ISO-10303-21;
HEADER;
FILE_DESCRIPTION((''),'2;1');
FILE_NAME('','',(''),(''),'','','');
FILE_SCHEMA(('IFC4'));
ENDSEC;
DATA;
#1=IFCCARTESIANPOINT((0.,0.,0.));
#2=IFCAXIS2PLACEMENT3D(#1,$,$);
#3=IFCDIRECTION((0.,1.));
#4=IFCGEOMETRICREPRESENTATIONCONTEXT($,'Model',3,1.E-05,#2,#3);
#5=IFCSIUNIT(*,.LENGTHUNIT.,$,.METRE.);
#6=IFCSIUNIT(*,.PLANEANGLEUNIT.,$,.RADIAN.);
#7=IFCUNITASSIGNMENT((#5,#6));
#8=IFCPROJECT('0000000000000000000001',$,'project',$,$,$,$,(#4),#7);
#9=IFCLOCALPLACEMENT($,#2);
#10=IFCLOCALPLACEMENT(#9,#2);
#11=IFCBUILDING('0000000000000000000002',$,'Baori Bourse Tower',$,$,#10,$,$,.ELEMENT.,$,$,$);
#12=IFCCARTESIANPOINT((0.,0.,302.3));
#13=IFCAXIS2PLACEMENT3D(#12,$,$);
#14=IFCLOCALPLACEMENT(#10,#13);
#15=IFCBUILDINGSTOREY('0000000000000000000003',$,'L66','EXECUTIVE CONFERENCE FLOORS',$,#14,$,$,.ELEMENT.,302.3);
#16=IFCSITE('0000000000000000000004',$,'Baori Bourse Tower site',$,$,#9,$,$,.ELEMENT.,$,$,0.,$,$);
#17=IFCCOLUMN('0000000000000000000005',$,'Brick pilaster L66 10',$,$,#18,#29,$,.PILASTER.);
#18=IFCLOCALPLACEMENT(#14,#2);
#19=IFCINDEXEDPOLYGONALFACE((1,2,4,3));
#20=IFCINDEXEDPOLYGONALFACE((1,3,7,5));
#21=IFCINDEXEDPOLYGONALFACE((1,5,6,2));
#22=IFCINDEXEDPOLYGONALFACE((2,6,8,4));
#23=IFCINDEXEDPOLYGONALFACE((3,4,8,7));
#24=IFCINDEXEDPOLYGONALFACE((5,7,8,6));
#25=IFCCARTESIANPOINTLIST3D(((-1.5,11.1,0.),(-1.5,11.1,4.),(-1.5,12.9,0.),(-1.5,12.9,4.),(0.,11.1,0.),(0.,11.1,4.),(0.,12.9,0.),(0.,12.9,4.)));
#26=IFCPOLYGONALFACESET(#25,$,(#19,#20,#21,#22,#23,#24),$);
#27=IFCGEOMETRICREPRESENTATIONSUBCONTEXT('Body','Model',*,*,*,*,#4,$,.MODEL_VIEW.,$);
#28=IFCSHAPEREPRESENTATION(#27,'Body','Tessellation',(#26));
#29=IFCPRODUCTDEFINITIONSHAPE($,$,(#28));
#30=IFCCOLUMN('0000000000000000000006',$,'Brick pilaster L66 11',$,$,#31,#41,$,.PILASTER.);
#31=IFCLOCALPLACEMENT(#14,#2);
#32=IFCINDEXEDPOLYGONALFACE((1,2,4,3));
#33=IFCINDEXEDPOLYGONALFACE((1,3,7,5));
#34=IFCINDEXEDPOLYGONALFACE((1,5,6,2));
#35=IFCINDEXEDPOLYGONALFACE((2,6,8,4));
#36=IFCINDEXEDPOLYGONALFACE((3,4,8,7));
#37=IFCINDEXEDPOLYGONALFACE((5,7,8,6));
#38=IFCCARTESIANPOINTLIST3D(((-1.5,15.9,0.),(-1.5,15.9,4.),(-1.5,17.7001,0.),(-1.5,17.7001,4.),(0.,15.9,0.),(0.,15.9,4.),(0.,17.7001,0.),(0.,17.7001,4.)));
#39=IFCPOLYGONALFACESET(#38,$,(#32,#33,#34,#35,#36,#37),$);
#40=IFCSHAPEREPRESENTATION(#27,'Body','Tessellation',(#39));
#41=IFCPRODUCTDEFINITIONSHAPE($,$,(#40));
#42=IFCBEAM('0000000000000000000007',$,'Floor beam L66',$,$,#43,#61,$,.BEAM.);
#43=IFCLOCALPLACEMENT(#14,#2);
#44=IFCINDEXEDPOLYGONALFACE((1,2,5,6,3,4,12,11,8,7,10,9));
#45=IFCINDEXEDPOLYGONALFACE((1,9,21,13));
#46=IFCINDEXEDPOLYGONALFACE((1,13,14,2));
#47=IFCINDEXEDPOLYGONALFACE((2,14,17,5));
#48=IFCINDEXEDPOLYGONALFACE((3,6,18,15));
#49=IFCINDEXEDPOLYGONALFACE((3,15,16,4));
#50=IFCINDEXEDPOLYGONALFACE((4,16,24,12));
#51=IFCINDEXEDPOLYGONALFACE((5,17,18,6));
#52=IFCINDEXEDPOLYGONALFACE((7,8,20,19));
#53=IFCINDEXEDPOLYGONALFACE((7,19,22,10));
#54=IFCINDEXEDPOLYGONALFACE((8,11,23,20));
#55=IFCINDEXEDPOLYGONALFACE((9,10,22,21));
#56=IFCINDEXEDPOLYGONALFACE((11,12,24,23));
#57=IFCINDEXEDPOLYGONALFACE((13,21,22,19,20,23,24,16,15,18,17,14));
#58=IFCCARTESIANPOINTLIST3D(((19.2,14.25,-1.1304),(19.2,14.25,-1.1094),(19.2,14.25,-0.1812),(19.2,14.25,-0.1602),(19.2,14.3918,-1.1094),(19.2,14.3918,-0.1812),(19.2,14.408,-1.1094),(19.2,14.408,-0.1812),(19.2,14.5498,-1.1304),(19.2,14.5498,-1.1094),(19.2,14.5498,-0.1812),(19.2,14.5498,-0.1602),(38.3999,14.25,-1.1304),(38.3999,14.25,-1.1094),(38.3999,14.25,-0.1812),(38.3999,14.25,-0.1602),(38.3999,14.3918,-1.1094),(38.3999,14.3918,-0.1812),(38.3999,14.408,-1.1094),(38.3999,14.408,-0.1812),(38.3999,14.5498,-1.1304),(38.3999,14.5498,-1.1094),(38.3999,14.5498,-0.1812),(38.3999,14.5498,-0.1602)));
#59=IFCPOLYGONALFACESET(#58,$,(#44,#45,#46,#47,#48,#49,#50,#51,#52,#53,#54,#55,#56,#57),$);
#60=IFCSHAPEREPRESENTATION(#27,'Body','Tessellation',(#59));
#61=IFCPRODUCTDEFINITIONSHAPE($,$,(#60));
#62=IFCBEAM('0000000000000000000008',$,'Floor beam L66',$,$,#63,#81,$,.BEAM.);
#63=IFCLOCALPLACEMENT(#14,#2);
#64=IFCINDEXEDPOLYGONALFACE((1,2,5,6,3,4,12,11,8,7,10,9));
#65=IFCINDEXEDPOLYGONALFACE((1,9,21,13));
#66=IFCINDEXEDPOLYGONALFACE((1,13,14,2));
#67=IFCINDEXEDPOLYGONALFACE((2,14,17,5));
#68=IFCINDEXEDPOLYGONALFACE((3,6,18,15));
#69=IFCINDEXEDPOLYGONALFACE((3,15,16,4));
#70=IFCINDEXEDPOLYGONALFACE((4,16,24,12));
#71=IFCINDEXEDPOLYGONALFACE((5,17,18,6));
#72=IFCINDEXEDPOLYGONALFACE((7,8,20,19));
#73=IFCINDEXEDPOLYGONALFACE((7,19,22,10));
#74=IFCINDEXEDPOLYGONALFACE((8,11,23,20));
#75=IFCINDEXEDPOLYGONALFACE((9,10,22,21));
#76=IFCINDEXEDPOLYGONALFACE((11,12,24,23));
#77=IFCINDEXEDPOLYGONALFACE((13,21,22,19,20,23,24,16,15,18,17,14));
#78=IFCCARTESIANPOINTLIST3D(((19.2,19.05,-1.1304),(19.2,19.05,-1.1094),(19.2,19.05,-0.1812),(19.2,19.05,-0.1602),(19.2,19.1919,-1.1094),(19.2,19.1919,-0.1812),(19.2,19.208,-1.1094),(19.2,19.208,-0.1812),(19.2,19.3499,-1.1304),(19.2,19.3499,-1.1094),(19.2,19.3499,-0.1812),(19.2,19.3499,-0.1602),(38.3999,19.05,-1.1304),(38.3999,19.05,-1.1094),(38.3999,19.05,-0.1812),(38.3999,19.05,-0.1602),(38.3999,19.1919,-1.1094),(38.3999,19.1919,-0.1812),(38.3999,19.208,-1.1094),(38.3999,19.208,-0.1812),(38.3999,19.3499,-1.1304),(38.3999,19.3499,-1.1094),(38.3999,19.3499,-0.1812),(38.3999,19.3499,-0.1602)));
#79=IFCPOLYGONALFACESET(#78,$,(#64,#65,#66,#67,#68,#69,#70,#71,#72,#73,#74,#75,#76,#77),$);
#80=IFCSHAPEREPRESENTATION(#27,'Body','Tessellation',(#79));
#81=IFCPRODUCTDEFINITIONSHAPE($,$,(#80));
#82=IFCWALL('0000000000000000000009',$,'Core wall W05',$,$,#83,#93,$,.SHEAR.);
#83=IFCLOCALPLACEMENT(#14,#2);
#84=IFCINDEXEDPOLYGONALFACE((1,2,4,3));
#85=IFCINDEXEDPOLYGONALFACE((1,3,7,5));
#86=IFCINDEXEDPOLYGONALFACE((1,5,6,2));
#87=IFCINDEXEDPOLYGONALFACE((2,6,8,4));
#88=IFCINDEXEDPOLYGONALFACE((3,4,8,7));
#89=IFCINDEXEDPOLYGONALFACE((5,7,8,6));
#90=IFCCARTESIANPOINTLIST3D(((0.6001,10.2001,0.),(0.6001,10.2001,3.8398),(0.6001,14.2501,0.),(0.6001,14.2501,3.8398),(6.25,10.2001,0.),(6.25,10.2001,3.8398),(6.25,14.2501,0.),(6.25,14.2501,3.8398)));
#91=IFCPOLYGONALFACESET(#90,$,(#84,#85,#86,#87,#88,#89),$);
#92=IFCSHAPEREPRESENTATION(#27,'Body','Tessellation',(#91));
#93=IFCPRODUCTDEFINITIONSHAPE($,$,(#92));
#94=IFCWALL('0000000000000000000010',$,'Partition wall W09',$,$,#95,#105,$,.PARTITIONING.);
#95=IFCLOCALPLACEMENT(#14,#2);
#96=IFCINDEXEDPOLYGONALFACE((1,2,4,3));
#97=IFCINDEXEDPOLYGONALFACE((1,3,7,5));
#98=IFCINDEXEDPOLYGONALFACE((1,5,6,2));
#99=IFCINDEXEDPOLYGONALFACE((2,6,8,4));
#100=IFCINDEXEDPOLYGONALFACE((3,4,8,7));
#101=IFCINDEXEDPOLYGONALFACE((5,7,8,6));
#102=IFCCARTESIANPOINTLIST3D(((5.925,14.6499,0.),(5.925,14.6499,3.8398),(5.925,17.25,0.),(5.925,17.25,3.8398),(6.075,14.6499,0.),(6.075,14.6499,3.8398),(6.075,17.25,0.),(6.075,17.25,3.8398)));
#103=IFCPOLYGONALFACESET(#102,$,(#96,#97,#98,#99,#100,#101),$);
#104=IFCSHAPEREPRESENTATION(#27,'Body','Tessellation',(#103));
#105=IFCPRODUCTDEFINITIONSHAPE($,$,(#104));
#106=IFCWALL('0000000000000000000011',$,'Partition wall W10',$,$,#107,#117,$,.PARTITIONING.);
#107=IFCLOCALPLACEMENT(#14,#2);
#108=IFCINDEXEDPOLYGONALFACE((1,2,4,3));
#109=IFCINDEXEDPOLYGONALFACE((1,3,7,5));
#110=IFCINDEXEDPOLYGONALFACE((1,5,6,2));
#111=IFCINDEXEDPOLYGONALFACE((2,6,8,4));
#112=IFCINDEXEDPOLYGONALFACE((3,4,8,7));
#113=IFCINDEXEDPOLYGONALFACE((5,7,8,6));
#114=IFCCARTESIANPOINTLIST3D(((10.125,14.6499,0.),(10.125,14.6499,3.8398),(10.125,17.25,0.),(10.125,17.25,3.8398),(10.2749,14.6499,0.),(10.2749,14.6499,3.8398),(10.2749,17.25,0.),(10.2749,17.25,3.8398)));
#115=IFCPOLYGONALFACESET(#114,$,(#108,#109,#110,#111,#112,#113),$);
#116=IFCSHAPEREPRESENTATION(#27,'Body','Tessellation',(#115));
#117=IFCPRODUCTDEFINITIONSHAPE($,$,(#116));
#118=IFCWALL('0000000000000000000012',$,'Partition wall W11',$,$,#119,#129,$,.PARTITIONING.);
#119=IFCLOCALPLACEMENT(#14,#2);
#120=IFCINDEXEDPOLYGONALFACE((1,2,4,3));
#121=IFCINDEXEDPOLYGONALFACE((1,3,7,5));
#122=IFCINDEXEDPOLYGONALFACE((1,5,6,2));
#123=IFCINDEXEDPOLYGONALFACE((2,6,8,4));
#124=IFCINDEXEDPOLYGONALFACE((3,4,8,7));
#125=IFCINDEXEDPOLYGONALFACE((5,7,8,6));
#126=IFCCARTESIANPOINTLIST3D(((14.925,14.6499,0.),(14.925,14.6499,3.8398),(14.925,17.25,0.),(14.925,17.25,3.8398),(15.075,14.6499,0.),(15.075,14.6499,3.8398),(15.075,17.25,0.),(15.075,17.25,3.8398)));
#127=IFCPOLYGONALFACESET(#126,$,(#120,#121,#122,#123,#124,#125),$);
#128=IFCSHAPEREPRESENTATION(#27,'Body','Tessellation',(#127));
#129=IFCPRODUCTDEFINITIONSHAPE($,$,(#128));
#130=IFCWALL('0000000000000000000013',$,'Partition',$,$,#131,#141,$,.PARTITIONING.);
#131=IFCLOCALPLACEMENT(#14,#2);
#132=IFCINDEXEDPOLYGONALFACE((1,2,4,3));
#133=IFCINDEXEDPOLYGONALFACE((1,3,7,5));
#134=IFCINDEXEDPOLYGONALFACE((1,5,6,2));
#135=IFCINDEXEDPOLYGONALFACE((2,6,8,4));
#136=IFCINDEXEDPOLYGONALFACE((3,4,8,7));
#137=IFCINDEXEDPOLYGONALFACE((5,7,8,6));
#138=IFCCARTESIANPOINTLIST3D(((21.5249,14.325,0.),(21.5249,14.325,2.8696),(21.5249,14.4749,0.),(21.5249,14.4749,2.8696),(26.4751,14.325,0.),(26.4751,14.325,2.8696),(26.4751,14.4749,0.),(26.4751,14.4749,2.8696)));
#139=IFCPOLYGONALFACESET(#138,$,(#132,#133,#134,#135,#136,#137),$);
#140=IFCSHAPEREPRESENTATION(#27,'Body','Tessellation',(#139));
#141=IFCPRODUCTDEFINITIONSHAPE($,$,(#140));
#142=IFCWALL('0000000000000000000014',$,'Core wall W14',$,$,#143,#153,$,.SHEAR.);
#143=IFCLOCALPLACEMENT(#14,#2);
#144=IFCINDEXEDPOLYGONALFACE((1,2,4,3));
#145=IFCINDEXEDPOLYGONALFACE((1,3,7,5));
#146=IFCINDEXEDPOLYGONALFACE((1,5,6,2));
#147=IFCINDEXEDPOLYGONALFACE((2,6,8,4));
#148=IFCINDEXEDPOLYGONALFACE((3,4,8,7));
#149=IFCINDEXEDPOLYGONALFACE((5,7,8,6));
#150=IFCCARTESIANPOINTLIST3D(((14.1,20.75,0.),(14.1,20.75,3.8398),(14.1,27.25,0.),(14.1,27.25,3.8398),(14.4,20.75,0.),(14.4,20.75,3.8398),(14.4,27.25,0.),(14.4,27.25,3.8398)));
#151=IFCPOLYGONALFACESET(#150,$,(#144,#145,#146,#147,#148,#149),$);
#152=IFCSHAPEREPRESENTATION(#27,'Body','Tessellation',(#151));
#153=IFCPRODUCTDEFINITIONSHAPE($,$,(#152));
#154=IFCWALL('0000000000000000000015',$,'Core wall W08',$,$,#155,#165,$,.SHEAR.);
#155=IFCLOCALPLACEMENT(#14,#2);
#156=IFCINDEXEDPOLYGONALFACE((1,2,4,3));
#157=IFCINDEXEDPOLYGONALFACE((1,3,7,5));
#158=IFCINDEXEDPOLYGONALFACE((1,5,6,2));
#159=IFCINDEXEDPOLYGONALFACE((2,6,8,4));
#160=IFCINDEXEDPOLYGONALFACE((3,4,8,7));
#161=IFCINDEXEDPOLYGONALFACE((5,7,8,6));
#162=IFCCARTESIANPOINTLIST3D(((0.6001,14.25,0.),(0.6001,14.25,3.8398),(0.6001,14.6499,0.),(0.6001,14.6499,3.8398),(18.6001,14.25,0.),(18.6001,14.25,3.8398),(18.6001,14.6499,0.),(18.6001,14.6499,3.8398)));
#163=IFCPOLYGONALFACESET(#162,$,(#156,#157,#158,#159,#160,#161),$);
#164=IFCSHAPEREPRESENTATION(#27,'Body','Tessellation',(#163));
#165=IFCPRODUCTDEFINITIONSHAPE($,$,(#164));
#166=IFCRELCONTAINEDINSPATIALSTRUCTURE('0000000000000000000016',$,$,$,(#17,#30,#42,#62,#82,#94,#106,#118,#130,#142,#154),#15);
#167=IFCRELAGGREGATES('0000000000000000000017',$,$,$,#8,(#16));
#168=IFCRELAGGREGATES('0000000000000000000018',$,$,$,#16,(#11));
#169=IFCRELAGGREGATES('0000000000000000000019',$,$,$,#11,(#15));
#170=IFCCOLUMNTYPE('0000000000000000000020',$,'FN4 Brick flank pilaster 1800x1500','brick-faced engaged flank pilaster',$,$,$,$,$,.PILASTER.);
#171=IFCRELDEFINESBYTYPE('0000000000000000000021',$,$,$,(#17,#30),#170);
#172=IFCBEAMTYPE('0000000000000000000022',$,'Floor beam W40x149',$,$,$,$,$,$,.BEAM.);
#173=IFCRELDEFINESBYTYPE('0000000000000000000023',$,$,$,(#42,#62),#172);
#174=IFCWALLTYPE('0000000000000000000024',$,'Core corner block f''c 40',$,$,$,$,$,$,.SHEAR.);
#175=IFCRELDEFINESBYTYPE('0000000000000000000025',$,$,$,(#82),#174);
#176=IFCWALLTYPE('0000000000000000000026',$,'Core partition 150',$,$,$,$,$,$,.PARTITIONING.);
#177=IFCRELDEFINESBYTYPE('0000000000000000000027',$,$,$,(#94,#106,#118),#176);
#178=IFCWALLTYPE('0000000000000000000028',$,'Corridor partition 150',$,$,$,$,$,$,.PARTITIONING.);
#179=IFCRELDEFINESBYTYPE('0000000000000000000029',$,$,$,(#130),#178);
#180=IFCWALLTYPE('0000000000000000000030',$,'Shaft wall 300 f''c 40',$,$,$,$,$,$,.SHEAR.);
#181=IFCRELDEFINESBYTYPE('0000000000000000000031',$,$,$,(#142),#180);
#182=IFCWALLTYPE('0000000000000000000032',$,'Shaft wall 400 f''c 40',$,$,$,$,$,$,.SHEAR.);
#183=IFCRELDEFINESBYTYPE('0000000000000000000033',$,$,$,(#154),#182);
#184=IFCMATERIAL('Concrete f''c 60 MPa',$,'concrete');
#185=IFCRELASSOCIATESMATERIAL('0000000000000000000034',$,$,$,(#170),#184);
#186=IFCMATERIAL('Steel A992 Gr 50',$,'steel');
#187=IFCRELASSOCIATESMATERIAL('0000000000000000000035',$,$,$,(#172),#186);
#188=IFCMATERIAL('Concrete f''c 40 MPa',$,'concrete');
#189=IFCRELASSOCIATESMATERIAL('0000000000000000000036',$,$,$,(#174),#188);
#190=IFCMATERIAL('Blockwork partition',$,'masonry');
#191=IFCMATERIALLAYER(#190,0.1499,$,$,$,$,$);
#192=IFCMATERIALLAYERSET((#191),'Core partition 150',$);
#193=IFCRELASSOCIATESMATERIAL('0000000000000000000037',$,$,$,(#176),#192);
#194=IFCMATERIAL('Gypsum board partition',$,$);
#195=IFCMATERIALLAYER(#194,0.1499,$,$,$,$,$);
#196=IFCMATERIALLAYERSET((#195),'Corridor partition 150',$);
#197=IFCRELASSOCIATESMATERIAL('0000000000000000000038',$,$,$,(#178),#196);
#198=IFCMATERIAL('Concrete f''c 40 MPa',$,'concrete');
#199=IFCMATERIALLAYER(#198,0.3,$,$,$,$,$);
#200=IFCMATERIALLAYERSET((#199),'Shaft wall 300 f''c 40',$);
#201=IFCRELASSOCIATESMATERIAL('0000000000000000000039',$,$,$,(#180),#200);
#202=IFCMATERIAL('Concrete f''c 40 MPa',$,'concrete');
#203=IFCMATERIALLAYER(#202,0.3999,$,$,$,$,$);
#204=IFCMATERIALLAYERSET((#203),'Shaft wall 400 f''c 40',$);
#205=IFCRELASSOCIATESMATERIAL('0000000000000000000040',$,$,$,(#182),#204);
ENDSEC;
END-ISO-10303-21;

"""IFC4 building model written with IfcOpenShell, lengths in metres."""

from ifc_helpers import new_model, si_unit, direction, frame, frame_2d, origin, origin_2d, place, context, subcontext, project, spatial, rectangle, i_section, extrude, material, layer, layer_set, material_profile, profile_set, type_object, element, save


model = new_model("IFC4")

# Units and contexts
model_context = context("Model", 3, precision=1e-05, world=origin(), true_north=direction((0.0, 1.0)))
body_context = subcontext(model_context, "Body", "Model", "MODEL_VIEW")
ifc_project = project(units=[si_unit("LENGTHUNIT", "METRE"), si_unit("PLANEANGLEUNIT", "RADIAN")], contexts=[model_context])

# Site, building, storey
site_placement = place(None, origin())
site = spatial("IfcSite", under=ifc_project, at=site_placement, Name="Baori Bourse Tower site", CompositionType="ELEMENT", RefElevation=0.0)
building_placement = place(site_placement, origin())
building = spatial("IfcBuilding", under=site, at=building_placement, Name="Baori Bourse Tower", CompositionType="ELEMENT")
storey_placement = place(building_placement, frame((0.0, 0.0, 302.3)))
storey = spatial("IfcBuildingStorey", under=building, at=storey_placement, Name="L66", Description="EXECUTIVE CONFERENCE FLOORS", CompositionType="ELEMENT", Elevation=302.3)

# Columns
ifc_material_1 = material(Name="Concrete f'c 60 MPa", Category="concrete")
ifc_material_profile_1 = material_profile(ifc_material_1, rectangle(XDim=1.8, YDim=1.5, at=origin_2d()), Name="RC 1800x1500")
ifc_profile_set_1 = profile_set([ifc_material_profile_1], Name="Concrete f'c 60 MPa")
column_type = type_object("IfcColumnType", Name="FN4 Brick flank pilaster 1800x1500", Description="brick-faced engaged flank pilaster", PredefinedType="PILASTER", material=ifc_profile_set_1)
for number, where, z_axis, x_axis, name in (
    (1, (-0.75, 12.0, 0.0), (0.0, 0.0, 1.0), (0.0, 1.0, 0.0), "Brick pilaster L66 10"),
    (2, (-0.75, 16.8, 0.0), (0.0, 0.0, 1.0), (0.0, 1.0, 0.0), "Brick pilaster L66 11"),
):
    element("IfcColumn", number, at=place(storey_placement, frame(where, z_axis=z_axis, x_axis=x_axis)), inside=storey, type_object=column_type, Name=name, PredefinedType="PILASTER", context=body_context, shape_type="SweptSolid", body=[
        extrude(rectangle(XDim=1.8, YDim=1.5, at=origin_2d()), origin(), (0.0, 0.0, 1.0), 4.0),
    ])

# Beams
ifc_material_2 = material(Name="Steel A992 Gr 50", Category="steel")
ifc_material_profile_2 = material_profile(ifc_material_2, i_section(OverallWidth=0.2998, OverallDepth=0.9702, WebThickness=0.0161, FlangeThickness=0.021, at=origin_2d()), Name="W40x149")
ifc_profile_set_2 = profile_set([ifc_material_profile_2], Name="Steel A992 Gr 50")
beam_type = type_object("IfcBeamType", Name="Floor beam W40x149", PredefinedType="BEAM", material=ifc_profile_set_2)
for number, where, z_axis, x_axis, name in (
    (3, (19.2, 14.3999, -0.6453), (1.0, 0.0, 0.0), (0.0, 1.0, 0.0), "Floor beam L66"),
    (4, (19.2, 19.2, -0.6453), (1.0, 0.0, 0.0), (0.0, 1.0, 0.0), "Floor beam L66"),
):
    element("IfcBeam", number, at=place(storey_placement, frame(where, z_axis=z_axis, x_axis=x_axis)), inside=storey, type_object=beam_type, Name=name, PredefinedType="BEAM", context=body_context, shape_type="SweptSolid", body=[
        extrude(i_section(OverallWidth=0.2998, OverallDepth=0.9702, WebThickness=0.0161, FlangeThickness=0.021, at=origin_2d()), origin(), (0.0, 0.0, 1.0), 19.2),
    ])

# Walls
ifc_material_3 = material(Name="Concrete f'c 40 MPa", Category="concrete")
wall_type_1 = type_object("IfcWallType", Name="Core corner block f'c 40", PredefinedType="SHEAR", material=ifc_material_3)
wall_1_placement = place(storey_placement, frame((0.6001, 12.2251, 0.0), z_axis=(0.0, 0.0, 1.0), x_axis=(1.0, 0.0, 0.0)))
element("IfcWall", 5, at=wall_1_placement, inside=storey, type_object=wall_type_1, Name="Core wall W05", PredefinedType="SHEAR", context=body_context, shape_type="SweptSolid", body=[
    extrude(rectangle(XDim=5.6499, YDim=4.05, at=frame_2d((2.825, 0.0))), origin(), (0.0, 0.0, 1.0), 3.8398),
])
ifc_material_4 = material(Name="Blockwork partition", Category="masonry")
ifc_layer_1 = layer(ifc_material_4, 0.1499)
ifc_layer_set_1 = layer_set([ifc_layer_1], Name="Core partition 150")
wall_type_2 = type_object("IfcWallType", Name="Core partition 150", PredefinedType="PARTITIONING", material=ifc_layer_set_1)
for number, where, z_axis, x_axis, name in (
    (6, (6.0, 14.6499, 0.0), (0.0, 0.0, 1.0), (0.0, 1.0, 0.0), "Partition wall W09"),
    (7, (10.2, 14.6499, 0.0), (0.0, 0.0, 1.0), (0.0, 1.0, 0.0), "Partition wall W10"),
    (8, (15.0, 14.6499, 0.0), (0.0, 0.0, 1.0), (0.0, 1.0, 0.0), "Partition wall W11"),
):
    element("IfcWall", number, at=place(storey_placement, frame(where, z_axis=z_axis, x_axis=x_axis)), inside=storey, type_object=wall_type_2, Name=name, PredefinedType="PARTITIONING", context=body_context, shape_type="SweptSolid", body=[
        extrude(rectangle(XDim=2.6001, YDim=0.1499, at=frame_2d((1.3, 0.0))), origin(), (0.0, 0.0, 1.0), 3.8398),
    ])
ifc_material_5 = material(Name="Gypsum board partition")
ifc_layer_2 = layer(ifc_material_5, 0.1499)
ifc_layer_set_2 = layer_set([ifc_layer_2], Name="Corridor partition 150")
wall_type_3 = type_object("IfcWallType", Name="Corridor partition 150", PredefinedType="PARTITIONING", material=ifc_layer_set_2)
wall_2_placement = place(storey_placement, frame((21.5249, 14.3999, 0.0), z_axis=(0.0, 0.0, 1.0), x_axis=(1.0, 0.0, 0.0)))
element("IfcWall", 9, at=wall_2_placement, inside=storey, type_object=wall_type_3, Name="Partition", PredefinedType="PARTITIONING", context=body_context, shape_type="SweptSolid", body=[
    extrude(rectangle(XDim=4.9502, YDim=0.1499, at=frame_2d((2.4751, 0.0))), origin(), (0.0, 0.0, 1.0), 2.8696),
])
ifc_material_6 = material(Name="Concrete f'c 40 MPa", Category="concrete")
ifc_layer_3 = layer(ifc_material_6, 0.3)
ifc_layer_set_3 = layer_set([ifc_layer_3], Name="Shaft wall 300 f'c 40")
wall_type_4 = type_object("IfcWallType", Name="Shaft wall 300 f'c 40", PredefinedType="SHEAR", material=ifc_layer_set_3)
wall_3_placement = place(storey_placement, frame((14.25, 20.75, 0.0), z_axis=(0.0, 0.0, 1.0), x_axis=(0.0, 1.0, 0.0)))
element("IfcWall", 10, at=wall_3_placement, inside=storey, type_object=wall_type_4, Name="Core wall W14", PredefinedType="SHEAR", context=body_context, shape_type="SweptSolid", body=[
    extrude(rectangle(XDim=6.5, YDim=0.3, at=frame_2d((3.25, 0.0))), origin(), (0.0, 0.0, 1.0), 3.8398),
])
ifc_material_7 = material(Name="Concrete f'c 40 MPa", Category="concrete")
ifc_layer_4 = layer(ifc_material_7, 0.3999)
ifc_layer_set_4 = layer_set([ifc_layer_4], Name="Shaft wall 400 f'c 40")
wall_type_5 = type_object("IfcWallType", Name="Shaft wall 400 f'c 40", PredefinedType="SHEAR", material=ifc_layer_set_4)
wall_4_placement = place(storey_placement, frame((0.6001, 14.45, 0.0), z_axis=(0.0, 0.0, 1.0), x_axis=(1.0, 0.0, 0.0)))
element("IfcWall", 11, at=wall_4_placement, inside=storey, type_object=wall_type_5, Name="Core wall W08", PredefinedType="SHEAR", context=body_context, shape_type="SweptSolid", body=[
    extrude(rectangle(XDim=18.0, YDim=0.3999, at=frame_2d((9.0, 0.0))), origin(), (0.0, 0.0, 1.0), 3.8398),
])

save(model, "model.ifc")
